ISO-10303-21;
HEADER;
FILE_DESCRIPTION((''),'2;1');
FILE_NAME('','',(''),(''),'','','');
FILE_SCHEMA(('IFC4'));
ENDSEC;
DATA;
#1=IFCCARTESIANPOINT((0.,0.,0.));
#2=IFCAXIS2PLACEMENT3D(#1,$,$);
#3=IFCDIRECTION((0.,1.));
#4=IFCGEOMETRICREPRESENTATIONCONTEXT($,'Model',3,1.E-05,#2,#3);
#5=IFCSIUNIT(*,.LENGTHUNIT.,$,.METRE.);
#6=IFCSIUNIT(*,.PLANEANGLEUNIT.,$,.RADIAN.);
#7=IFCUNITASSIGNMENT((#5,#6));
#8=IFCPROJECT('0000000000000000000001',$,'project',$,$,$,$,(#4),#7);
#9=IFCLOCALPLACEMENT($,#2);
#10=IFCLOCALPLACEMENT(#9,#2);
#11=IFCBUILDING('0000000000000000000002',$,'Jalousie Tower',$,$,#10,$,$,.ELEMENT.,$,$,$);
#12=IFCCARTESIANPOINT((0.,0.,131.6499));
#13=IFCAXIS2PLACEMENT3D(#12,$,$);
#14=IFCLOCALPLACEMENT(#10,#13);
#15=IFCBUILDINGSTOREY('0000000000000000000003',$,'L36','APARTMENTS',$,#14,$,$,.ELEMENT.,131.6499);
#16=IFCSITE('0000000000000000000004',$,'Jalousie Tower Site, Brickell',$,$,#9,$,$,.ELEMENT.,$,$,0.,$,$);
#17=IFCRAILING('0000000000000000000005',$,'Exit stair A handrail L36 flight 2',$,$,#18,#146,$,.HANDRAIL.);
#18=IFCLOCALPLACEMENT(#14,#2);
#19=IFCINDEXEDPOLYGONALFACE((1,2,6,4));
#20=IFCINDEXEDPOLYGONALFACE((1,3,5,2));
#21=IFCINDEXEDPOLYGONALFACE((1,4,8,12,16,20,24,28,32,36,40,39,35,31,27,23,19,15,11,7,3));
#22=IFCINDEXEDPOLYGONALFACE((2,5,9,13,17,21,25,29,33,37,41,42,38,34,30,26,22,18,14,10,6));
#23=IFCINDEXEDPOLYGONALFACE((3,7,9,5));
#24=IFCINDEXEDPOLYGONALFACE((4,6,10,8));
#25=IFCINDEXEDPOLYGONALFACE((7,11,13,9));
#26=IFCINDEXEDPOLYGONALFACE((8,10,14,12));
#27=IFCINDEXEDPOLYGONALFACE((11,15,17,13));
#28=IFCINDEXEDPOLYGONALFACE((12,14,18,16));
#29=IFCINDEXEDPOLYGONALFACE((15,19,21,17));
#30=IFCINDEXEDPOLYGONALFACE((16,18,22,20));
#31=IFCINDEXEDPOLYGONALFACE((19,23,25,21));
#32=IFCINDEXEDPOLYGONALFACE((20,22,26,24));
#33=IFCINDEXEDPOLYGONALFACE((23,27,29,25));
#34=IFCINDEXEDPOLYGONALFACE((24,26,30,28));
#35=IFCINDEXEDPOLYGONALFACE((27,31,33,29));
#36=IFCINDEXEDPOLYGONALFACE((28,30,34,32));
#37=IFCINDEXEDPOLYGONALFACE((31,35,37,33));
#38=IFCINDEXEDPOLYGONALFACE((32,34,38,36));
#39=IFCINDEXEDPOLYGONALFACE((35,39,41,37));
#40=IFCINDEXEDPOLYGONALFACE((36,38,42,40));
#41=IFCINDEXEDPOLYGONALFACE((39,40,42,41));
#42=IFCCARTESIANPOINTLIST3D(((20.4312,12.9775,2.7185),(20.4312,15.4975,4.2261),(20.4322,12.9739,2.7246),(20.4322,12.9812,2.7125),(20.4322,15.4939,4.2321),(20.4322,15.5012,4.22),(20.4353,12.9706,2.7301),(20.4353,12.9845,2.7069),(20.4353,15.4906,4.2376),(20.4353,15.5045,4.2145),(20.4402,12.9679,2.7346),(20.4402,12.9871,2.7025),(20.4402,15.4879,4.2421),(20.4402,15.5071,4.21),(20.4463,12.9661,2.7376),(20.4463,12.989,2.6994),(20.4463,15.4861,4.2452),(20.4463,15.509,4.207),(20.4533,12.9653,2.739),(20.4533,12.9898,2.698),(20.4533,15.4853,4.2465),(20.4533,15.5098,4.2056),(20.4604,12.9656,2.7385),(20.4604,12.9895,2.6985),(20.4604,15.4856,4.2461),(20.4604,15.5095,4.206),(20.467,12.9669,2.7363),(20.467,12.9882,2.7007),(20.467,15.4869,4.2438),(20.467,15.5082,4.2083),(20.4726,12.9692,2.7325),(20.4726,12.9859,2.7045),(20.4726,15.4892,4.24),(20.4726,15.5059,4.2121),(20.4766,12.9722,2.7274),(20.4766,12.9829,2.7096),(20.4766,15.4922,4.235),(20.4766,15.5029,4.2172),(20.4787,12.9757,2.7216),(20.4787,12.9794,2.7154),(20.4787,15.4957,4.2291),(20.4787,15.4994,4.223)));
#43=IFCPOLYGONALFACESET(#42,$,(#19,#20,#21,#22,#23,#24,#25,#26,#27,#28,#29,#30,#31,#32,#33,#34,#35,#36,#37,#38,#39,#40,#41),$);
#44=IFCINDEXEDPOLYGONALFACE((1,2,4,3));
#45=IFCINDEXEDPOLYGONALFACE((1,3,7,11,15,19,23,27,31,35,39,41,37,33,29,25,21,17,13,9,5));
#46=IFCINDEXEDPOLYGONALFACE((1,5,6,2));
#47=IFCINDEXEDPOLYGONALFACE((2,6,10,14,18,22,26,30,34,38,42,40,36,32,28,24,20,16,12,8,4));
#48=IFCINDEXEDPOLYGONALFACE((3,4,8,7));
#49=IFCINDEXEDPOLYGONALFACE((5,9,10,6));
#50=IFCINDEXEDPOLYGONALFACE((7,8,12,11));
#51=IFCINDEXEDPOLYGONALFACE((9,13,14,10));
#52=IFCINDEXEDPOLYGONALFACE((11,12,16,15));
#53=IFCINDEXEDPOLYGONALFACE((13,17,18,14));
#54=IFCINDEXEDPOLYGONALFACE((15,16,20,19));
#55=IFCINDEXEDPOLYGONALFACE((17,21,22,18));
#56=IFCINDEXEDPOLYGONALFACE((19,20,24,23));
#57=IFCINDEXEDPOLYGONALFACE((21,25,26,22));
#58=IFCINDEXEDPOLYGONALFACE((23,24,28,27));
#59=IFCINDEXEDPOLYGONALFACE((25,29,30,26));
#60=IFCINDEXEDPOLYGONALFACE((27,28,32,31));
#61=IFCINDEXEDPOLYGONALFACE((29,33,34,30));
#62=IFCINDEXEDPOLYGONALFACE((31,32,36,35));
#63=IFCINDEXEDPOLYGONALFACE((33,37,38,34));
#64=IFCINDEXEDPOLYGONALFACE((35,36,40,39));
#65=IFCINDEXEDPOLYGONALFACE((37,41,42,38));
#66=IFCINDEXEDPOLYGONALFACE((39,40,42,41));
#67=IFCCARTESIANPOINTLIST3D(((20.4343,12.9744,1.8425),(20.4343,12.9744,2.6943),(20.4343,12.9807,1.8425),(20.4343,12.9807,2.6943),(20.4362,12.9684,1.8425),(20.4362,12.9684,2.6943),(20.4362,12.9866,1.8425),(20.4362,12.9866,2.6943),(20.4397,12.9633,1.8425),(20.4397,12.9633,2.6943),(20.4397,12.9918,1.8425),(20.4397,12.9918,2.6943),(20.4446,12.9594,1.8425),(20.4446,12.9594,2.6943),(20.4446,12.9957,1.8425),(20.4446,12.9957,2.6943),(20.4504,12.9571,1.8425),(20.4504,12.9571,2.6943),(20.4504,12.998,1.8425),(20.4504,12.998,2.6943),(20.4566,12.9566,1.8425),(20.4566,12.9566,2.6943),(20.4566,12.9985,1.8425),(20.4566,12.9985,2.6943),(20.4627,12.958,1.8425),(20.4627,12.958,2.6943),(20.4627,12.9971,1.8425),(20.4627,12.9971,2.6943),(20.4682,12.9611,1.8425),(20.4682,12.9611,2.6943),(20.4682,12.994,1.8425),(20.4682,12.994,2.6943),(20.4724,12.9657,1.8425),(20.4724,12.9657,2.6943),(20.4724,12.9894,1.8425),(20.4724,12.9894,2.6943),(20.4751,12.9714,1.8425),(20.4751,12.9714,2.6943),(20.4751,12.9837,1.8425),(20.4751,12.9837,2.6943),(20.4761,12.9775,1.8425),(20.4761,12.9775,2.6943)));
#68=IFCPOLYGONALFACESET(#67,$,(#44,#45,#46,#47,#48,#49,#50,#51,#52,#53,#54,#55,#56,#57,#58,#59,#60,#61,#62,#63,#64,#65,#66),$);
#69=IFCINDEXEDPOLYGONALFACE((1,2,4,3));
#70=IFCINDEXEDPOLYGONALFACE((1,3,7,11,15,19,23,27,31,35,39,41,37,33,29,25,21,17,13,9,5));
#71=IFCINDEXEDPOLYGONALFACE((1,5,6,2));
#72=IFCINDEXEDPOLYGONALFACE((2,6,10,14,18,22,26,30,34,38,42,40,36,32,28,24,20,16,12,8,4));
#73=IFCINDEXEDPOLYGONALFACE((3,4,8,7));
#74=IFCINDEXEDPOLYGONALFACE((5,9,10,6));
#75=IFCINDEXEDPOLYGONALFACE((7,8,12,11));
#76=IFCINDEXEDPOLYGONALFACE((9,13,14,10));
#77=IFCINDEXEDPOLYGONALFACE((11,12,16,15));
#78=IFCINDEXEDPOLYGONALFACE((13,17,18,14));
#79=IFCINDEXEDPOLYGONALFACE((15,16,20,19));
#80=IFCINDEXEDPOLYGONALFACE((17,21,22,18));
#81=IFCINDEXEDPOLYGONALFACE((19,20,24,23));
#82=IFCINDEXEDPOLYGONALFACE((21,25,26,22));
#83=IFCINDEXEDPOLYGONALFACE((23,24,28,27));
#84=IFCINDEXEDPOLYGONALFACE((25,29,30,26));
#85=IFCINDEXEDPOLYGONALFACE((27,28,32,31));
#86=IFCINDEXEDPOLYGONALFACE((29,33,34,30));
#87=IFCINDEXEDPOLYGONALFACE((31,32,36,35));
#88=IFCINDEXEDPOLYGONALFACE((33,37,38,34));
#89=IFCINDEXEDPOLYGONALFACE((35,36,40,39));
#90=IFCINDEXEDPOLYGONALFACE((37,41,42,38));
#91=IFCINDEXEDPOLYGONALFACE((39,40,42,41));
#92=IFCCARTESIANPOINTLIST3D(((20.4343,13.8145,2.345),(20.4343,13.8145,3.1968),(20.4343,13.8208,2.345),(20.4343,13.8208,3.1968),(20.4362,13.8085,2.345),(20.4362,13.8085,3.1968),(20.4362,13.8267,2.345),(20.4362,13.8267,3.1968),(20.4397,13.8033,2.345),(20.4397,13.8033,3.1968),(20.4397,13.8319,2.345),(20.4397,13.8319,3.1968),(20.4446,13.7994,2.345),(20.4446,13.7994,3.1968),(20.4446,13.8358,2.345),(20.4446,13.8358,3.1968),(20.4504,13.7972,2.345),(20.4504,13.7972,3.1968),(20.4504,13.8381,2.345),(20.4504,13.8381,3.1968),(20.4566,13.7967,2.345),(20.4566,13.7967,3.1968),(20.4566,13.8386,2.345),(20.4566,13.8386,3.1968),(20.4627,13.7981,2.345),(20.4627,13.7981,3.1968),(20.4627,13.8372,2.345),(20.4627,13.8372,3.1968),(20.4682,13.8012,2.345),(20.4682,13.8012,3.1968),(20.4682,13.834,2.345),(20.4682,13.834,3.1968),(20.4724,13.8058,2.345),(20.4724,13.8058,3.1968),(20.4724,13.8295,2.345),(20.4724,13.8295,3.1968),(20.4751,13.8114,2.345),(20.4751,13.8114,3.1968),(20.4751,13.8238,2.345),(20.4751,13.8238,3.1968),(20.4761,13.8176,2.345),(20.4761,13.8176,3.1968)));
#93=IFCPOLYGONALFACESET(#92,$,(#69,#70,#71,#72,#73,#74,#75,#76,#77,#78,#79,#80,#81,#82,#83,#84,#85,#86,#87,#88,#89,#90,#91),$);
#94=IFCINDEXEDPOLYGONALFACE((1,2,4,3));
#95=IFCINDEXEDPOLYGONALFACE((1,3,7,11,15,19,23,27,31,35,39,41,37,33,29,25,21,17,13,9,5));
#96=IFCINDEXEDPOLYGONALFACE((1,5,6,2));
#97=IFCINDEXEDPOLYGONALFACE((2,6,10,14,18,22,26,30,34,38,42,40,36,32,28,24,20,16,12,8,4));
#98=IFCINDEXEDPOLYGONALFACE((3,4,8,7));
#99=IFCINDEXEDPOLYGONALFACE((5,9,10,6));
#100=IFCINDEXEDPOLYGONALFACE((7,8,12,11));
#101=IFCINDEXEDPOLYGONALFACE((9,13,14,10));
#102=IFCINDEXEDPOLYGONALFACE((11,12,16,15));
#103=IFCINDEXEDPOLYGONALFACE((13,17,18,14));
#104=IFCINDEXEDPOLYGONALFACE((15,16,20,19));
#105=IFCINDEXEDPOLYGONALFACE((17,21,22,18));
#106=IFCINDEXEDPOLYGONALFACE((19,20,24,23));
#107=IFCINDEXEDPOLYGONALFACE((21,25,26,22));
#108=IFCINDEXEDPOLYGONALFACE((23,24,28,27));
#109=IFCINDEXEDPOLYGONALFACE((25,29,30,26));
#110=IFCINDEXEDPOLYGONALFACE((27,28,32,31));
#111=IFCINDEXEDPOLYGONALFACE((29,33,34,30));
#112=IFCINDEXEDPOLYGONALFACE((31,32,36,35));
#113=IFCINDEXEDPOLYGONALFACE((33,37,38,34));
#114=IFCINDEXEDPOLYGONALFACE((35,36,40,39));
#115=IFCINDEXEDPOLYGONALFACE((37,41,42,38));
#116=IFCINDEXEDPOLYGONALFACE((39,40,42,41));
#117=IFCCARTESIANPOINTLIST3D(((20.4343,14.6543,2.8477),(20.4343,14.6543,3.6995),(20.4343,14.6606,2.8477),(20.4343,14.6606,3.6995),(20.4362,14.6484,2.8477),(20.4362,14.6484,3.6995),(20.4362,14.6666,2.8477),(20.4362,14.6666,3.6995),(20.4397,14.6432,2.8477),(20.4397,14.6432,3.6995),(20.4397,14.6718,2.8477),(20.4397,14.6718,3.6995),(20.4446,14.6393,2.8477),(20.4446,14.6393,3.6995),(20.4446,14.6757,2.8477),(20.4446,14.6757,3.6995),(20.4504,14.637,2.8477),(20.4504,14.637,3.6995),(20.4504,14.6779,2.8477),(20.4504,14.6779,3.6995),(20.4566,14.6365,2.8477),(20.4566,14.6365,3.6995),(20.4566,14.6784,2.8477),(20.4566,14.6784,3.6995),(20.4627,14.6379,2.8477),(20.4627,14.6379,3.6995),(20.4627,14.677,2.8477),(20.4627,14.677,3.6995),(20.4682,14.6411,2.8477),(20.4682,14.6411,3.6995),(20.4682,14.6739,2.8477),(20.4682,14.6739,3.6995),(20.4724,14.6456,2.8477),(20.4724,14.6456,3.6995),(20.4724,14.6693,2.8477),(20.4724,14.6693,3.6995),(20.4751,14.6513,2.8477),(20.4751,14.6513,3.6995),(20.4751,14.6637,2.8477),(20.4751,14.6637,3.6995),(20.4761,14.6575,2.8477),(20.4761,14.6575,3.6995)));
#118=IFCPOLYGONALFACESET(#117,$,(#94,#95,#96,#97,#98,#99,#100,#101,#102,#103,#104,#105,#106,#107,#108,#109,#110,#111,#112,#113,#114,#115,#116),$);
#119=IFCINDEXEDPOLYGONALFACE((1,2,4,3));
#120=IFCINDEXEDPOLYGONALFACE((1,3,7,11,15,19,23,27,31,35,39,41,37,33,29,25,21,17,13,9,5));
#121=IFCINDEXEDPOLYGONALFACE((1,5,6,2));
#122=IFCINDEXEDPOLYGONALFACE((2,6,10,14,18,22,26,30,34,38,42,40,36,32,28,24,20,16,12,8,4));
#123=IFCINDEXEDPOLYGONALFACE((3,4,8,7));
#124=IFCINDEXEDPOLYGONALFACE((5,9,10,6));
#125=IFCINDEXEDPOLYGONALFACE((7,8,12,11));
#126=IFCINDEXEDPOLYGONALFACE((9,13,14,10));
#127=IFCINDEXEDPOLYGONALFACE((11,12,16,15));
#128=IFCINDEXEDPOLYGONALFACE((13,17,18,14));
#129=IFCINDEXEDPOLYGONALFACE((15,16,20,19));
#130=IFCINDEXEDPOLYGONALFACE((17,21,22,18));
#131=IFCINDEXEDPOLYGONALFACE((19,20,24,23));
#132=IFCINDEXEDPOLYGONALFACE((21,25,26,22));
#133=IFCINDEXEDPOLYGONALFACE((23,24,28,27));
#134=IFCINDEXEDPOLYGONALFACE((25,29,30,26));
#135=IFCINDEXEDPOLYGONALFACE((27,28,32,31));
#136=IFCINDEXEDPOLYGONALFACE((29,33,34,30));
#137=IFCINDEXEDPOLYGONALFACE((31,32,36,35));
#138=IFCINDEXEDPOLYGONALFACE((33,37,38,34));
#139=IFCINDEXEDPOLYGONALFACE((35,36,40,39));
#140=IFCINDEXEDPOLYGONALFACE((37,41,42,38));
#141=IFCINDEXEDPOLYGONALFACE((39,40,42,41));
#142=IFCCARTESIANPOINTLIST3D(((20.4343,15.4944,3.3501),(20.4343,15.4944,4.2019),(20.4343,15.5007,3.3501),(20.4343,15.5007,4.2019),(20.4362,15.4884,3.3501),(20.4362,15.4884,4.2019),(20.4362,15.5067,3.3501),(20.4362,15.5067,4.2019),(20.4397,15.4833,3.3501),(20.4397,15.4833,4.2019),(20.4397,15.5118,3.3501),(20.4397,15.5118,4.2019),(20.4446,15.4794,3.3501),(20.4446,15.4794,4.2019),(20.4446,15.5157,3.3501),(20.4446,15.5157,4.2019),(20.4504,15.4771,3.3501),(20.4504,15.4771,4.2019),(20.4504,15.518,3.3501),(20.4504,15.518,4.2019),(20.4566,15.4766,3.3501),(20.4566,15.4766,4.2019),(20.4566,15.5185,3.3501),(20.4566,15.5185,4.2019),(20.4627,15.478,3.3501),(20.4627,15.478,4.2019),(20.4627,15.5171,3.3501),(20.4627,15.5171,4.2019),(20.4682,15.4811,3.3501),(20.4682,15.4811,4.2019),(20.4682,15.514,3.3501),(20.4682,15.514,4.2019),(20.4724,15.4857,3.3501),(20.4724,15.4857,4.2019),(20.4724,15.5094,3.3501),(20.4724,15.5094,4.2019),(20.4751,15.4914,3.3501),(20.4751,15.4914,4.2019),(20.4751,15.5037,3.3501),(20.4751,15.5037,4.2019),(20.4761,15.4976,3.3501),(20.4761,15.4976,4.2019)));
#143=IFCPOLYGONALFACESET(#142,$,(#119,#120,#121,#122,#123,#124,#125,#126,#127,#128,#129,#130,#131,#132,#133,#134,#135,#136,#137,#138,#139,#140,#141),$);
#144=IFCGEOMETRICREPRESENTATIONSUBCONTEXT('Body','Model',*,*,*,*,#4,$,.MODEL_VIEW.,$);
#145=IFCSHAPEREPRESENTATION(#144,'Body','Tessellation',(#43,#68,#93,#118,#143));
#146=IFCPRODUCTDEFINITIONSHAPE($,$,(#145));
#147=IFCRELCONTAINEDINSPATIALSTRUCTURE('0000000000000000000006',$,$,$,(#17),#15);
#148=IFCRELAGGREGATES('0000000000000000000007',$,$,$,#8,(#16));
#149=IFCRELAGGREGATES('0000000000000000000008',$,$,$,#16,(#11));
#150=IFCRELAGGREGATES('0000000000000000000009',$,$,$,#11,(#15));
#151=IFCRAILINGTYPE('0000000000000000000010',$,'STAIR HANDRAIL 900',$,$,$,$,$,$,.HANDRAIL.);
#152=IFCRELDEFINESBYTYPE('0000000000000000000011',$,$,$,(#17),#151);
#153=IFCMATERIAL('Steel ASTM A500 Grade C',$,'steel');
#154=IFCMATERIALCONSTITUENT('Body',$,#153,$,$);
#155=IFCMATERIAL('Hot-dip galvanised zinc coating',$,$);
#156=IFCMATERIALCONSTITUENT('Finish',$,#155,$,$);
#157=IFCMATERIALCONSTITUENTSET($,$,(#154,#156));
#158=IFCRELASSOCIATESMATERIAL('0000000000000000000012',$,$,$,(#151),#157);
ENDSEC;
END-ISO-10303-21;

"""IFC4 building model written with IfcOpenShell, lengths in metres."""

from ifc_helpers import new_model, si_unit, direction, frame, origin, origin_2d, place, context, subcontext, project, spatial, circle, extrude, material, constituent, constituent_set, type_object, element, save


model = new_model("IFC4")

# Units and contexts
model_context = context("Model", 3, precision=1e-05, world=origin(), true_north=direction((0.0, 1.0)))
body_context = subcontext(model_context, "Body", "Model", "MODEL_VIEW")
ifc_project = project(units=[si_unit("LENGTHUNIT", "METRE"), si_unit("PLANEANGLEUNIT", "RADIAN")], contexts=[model_context])

# Site, building, storey
site_placement = place(None, origin())
site = spatial("IfcSite", under=ifc_project, at=site_placement, Name="Jalousie Tower Site, Brickell", CompositionType="ELEMENT", RefElevation=0.0)
building_placement = place(site_placement, origin())
building = spatial("IfcBuilding", under=site, at=building_placement, Name="Jalousie Tower", CompositionType="ELEMENT")
storey_placement = place(building_placement, frame((0.0, 0.0, 131.6499)))
storey = spatial("IfcBuildingStorey", under=building, at=storey_placement, Name="L36", Description="APARTMENTS", CompositionType="ELEMENT", Elevation=131.6499)

# Railing
ifc_material_1 = material(Name="Steel ASTM A500 Grade C", Category="steel")
ifc_constituent_1 = constituent(ifc_material_1, Name="Body")
ifc_material_2 = material(Name="Hot-dip galvanised zinc coating")
ifc_constituent_2 = constituent(ifc_material_2, Name="Finish")
ifc_constituent_set_1 = constituent_set(constituents=[ifc_constituent_1, ifc_constituent_2])
railing_type_1 = type_object("IfcRailingType", Name="STAIR HANDRAIL 900", PredefinedType="HANDRAIL", material=ifc_constituent_set_1)
railing_1_placement = place(storey_placement, frame((20.4551, 12.9775, 1.8425)))
element("IfcRailing", 1, at=railing_1_placement, inside=storey, type_object=railing_type_1, Name="Exit stair A handrail L36 flight 2", PredefinedType="HANDRAIL", context=body_context, shape_type="SweptSolid", body=[
    extrude(circle(Radius=0.0239, at=origin_2d()), frame((0.0, 0.0, 0.876), z_axis=(0.0, 0.85816, 0.513383), x_axis=(-1.0, 0.0, 0.0)), (0.0, 0.0, 1.0), 2.9365),
    extrude(circle(Radius=0.021, at=origin_2d()), origin(), (0.0, 0.0, 1.0), 0.8518),
    extrude(circle(Radius=0.021, at=origin_2d()), frame((0.0, 0.8401, 0.5024)), (0.0, 0.0, 1.0), 0.8518),
    extrude(circle(Radius=0.021, at=origin_2d()), frame((0.0, 1.6799, 1.0051)), (0.0, 0.0, 1.0), 0.8518),
    extrude(circle(Radius=0.021, at=origin_2d()), frame((0.0, 2.52, 1.5076)), (0.0, 0.0, 1.0), 0.8518),
])

save(model, "model.ifc")
